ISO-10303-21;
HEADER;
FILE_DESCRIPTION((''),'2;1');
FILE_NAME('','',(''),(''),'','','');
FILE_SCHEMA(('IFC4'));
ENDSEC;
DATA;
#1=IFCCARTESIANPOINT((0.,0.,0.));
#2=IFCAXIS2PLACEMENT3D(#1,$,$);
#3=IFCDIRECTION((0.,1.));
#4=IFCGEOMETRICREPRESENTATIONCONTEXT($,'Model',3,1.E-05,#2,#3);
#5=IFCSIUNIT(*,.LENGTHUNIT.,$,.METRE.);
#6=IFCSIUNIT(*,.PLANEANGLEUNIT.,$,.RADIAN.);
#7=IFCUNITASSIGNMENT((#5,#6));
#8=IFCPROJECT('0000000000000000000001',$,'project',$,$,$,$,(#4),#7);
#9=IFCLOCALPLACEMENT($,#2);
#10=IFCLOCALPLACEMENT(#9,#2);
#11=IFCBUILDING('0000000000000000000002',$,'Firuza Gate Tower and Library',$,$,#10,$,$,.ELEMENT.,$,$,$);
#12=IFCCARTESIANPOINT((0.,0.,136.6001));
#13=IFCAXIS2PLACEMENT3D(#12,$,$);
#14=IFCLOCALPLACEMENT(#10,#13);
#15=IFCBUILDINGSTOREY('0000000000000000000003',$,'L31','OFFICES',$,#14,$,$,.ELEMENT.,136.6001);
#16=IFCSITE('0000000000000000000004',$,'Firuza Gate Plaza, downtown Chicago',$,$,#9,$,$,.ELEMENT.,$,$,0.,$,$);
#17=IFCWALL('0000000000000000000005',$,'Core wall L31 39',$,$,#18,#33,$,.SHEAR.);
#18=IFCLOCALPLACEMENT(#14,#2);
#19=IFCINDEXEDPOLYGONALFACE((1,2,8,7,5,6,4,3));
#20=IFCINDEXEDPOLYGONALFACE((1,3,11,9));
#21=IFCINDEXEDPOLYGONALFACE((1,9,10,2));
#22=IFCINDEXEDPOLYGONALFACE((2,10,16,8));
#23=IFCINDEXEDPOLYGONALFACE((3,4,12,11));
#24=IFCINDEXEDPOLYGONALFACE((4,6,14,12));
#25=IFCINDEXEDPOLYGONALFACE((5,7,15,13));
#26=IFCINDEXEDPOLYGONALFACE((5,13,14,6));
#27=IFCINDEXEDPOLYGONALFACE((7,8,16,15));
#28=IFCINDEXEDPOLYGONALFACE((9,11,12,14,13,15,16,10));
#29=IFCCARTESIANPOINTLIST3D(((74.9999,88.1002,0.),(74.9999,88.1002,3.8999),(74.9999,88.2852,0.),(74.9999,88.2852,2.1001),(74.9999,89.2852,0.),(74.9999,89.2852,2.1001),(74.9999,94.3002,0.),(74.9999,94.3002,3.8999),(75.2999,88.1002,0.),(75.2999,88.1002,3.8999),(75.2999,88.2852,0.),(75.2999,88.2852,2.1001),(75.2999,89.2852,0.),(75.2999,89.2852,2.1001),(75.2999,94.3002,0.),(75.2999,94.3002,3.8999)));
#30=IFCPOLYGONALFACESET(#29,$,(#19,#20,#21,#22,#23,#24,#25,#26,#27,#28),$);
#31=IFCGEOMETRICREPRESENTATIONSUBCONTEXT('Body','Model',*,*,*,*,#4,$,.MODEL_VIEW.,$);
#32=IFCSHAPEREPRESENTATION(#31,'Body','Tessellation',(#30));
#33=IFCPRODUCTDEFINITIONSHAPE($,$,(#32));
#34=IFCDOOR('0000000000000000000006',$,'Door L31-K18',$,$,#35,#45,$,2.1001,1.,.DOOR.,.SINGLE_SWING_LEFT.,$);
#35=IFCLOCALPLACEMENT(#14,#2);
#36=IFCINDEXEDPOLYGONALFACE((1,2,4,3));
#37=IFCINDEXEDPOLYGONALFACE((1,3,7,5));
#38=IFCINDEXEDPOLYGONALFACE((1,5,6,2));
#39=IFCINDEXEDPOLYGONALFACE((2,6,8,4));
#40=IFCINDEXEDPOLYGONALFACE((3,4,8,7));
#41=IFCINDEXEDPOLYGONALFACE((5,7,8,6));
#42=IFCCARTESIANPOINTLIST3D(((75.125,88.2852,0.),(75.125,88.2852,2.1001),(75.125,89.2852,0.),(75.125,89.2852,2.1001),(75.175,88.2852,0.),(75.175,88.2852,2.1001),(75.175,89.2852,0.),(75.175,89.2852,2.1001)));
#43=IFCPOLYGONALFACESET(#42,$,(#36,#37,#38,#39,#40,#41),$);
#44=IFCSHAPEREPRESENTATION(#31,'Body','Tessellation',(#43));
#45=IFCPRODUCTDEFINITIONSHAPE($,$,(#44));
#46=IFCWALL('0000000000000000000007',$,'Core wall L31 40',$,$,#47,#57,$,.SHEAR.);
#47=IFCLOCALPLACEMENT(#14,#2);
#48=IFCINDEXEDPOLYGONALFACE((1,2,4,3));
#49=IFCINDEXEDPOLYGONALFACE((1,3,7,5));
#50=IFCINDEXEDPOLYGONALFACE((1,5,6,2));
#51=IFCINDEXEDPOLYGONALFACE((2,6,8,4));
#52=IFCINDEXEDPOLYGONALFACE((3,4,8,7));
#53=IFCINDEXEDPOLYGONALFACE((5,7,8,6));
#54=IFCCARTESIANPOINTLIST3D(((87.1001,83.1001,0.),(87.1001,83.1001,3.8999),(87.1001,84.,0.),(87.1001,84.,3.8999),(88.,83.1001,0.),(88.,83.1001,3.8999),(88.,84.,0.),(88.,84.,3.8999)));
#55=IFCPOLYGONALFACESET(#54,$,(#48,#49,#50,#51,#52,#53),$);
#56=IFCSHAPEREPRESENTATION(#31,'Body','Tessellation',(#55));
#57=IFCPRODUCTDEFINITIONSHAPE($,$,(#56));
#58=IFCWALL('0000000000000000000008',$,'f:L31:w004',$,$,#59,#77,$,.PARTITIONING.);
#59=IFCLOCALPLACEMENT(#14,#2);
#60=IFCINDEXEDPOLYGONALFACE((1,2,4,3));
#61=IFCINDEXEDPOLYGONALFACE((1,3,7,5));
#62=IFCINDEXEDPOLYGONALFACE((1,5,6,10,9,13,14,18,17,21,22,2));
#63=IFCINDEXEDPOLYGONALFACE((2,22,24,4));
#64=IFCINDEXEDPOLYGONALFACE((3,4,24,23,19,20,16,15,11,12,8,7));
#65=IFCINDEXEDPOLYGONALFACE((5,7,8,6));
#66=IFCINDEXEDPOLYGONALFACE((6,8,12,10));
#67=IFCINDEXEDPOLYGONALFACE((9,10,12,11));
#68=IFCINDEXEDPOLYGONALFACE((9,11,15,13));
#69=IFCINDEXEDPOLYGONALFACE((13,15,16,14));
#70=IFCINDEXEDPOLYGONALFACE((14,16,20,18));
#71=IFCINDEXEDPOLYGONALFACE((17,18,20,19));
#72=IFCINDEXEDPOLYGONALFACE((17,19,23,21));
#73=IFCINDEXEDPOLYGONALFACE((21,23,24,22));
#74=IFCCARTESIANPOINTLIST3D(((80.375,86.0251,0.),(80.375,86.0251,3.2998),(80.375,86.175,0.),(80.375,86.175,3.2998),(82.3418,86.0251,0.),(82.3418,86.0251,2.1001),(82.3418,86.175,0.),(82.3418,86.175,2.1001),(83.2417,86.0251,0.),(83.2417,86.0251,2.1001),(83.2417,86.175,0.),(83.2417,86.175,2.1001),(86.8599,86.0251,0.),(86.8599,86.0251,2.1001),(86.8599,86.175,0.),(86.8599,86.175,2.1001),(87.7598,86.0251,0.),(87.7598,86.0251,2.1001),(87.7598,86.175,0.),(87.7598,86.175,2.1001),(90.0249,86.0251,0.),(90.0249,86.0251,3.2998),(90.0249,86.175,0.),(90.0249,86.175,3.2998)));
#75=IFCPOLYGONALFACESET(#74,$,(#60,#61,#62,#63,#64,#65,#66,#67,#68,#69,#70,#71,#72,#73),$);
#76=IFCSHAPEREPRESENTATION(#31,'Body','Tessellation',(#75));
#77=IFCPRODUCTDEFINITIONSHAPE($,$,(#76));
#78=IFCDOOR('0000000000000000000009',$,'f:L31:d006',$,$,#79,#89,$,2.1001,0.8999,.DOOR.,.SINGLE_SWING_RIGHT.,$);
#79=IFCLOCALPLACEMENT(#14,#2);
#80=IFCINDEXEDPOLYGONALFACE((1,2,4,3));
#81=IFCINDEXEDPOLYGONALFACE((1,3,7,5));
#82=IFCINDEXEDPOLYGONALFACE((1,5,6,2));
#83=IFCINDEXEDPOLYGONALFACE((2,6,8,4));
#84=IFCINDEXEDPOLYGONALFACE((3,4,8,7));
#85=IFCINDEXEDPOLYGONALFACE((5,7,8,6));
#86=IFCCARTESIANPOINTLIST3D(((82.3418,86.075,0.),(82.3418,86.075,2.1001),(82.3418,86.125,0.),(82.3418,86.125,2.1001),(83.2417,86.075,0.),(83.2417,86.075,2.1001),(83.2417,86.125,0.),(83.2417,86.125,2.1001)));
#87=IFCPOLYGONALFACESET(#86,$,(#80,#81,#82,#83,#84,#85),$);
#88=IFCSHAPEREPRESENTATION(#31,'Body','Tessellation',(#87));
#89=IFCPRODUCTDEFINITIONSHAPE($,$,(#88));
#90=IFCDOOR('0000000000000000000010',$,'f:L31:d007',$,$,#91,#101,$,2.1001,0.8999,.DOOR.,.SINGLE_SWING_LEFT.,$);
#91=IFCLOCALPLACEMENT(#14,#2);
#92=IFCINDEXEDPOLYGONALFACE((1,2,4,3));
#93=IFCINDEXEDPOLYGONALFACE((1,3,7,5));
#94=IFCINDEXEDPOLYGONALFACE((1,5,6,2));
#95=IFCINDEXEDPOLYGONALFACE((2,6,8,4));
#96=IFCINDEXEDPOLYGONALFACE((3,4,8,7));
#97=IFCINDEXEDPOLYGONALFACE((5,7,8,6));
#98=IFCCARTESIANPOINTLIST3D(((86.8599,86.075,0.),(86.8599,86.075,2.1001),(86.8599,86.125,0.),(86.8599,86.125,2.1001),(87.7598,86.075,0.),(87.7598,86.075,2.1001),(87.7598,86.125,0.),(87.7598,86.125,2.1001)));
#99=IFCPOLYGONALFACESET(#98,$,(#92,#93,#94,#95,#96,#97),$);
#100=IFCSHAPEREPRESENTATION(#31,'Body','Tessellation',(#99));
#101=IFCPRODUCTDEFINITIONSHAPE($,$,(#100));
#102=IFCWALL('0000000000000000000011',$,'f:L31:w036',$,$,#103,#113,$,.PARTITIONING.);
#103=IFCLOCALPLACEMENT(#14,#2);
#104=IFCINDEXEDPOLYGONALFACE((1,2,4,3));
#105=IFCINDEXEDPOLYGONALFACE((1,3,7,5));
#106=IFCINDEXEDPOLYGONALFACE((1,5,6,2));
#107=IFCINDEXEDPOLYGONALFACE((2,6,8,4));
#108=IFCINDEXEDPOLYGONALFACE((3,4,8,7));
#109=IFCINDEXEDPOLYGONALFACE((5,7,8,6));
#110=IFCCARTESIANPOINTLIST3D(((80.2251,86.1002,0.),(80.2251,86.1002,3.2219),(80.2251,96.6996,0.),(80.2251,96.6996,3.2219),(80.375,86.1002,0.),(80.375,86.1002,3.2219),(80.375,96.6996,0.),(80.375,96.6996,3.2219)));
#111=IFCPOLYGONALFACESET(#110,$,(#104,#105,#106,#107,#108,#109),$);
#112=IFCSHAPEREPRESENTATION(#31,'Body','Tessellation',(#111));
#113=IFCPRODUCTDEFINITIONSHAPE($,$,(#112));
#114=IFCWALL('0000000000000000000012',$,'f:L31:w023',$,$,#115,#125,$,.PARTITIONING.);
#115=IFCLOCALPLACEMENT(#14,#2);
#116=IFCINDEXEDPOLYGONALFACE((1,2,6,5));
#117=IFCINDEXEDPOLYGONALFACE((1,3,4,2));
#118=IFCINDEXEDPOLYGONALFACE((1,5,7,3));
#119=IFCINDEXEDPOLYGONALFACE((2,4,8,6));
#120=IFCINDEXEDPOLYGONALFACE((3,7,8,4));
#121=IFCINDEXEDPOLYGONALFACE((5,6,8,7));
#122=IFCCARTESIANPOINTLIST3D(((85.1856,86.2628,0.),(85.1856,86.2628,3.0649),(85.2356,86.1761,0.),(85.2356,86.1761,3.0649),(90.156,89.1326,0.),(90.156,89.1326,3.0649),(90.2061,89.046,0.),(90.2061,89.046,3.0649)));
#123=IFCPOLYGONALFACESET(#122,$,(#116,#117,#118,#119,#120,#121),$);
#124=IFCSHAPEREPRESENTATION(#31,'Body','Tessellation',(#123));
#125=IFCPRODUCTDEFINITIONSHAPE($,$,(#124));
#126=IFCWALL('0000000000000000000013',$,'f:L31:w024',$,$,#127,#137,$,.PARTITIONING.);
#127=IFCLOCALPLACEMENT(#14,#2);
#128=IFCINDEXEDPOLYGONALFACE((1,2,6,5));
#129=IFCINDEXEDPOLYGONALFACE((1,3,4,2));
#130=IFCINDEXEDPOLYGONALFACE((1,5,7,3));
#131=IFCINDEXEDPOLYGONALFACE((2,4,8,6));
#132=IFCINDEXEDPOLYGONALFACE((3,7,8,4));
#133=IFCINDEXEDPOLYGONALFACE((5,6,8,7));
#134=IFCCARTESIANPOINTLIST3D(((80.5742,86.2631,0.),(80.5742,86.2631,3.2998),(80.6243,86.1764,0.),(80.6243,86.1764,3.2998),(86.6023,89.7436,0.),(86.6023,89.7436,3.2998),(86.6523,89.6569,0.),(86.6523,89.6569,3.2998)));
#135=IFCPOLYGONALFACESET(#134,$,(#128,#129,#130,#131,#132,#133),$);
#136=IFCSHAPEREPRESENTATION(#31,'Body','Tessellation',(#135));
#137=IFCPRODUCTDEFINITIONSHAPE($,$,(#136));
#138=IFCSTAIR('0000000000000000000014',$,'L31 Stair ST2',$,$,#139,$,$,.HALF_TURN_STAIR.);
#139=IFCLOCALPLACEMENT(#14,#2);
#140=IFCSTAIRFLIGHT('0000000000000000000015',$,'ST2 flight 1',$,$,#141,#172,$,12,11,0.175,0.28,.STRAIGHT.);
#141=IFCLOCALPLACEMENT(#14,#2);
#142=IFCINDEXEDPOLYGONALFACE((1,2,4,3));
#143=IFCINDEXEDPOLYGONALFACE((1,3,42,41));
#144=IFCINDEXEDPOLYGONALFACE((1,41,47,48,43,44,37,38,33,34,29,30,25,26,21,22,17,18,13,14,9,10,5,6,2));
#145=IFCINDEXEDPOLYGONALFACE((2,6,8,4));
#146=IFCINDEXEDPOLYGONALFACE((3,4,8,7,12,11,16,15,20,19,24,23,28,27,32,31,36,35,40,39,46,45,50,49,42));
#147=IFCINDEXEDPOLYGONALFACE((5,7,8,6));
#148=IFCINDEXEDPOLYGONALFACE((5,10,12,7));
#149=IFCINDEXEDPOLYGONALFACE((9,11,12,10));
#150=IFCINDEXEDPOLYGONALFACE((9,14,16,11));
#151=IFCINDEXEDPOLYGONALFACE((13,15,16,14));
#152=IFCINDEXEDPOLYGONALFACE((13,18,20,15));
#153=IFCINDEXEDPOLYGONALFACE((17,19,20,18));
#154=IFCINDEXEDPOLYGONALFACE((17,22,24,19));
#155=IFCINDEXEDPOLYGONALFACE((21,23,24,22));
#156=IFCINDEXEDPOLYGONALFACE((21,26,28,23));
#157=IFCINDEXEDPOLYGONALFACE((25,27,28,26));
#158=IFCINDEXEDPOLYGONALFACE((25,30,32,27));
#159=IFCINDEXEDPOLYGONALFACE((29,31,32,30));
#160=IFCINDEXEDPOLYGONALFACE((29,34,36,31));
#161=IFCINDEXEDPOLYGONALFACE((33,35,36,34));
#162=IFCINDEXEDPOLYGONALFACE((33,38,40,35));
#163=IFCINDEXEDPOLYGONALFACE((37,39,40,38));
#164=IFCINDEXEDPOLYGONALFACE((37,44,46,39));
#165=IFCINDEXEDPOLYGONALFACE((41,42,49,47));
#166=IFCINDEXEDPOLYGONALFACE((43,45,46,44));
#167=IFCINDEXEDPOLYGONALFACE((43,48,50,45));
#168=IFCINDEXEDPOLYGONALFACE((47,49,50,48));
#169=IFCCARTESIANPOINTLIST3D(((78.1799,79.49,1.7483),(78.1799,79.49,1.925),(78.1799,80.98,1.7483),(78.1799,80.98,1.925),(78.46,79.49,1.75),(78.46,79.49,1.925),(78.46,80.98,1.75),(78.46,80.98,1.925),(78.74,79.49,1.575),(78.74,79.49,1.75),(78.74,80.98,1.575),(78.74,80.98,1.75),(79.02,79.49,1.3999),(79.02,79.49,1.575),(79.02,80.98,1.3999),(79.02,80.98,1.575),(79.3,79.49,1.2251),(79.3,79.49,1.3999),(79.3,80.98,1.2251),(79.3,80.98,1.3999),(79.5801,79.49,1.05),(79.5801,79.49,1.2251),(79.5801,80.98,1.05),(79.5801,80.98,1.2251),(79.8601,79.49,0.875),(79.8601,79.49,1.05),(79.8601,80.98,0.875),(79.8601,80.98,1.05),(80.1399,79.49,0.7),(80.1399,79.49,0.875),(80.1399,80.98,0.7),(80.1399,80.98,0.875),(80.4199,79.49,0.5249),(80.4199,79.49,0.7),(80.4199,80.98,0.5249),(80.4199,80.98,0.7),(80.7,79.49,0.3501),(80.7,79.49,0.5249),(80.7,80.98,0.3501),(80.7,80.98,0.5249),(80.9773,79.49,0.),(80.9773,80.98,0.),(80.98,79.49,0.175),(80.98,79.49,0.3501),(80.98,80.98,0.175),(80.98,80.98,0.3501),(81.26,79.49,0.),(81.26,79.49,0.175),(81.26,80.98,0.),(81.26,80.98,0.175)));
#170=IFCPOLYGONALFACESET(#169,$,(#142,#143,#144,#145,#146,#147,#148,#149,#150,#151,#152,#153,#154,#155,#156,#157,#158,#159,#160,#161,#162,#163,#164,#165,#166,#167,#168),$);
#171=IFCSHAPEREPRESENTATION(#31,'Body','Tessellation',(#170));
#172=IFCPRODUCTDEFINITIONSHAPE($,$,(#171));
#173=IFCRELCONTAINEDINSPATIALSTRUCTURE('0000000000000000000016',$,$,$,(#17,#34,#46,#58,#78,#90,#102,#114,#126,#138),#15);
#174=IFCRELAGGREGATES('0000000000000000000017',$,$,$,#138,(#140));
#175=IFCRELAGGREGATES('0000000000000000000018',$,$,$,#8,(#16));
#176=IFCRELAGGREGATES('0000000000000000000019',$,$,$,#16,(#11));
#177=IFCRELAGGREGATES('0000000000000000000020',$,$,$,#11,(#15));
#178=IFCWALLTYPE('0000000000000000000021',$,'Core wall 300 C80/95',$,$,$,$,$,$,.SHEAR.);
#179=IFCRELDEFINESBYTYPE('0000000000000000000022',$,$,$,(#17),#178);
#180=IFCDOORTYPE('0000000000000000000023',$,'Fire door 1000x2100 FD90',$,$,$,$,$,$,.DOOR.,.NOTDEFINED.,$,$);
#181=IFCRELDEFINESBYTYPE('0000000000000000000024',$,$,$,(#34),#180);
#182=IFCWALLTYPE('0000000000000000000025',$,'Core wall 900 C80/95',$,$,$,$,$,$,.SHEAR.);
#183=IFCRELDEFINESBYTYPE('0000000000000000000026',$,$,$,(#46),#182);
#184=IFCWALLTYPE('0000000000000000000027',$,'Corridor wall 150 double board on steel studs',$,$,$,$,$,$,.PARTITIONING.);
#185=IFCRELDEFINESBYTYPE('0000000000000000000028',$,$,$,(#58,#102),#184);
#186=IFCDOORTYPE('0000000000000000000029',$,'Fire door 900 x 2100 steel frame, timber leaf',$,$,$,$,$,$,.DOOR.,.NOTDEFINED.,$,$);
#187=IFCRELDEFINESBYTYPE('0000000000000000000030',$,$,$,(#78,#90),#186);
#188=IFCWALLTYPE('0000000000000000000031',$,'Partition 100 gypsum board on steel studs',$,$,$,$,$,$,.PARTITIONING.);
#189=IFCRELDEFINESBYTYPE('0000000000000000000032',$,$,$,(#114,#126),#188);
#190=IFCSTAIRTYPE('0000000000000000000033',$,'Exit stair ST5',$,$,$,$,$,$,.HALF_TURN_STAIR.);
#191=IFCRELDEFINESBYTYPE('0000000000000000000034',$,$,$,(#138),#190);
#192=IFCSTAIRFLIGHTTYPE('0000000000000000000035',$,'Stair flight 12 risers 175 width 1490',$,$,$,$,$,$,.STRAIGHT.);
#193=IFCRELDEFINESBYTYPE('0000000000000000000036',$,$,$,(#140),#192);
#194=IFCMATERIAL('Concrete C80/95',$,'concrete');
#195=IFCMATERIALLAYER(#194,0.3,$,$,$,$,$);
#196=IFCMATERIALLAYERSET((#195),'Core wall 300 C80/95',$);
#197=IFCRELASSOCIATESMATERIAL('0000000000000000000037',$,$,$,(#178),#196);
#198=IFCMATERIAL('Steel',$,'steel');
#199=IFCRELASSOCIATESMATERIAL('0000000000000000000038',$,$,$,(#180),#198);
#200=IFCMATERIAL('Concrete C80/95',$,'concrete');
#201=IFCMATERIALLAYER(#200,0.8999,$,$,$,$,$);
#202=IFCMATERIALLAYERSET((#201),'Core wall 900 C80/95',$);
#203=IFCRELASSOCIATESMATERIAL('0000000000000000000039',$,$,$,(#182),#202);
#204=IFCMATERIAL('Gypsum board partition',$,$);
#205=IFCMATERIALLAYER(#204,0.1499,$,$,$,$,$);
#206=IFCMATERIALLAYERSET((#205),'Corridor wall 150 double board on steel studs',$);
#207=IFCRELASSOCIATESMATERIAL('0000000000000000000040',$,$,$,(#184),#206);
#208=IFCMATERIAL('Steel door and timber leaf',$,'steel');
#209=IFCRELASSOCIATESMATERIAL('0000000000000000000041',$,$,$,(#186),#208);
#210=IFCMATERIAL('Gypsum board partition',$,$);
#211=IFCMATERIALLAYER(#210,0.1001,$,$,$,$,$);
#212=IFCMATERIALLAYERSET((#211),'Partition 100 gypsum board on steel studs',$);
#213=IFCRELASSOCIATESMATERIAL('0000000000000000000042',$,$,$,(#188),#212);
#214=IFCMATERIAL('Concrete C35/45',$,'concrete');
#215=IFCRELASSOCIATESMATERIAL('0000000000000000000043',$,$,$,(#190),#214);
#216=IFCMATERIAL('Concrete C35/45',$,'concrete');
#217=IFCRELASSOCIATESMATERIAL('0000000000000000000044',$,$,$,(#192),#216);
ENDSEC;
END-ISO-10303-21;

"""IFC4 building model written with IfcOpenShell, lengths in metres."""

from ifc_helpers import new_model, si_unit, direction, frame, frame_2d, origin, place, context, subcontext, project, spatial, polyline, rectangle, outline, extrude, material, layer, layer_set, type_object, element, fill, aggregate, save


model = new_model("IFC4")

# Units and contexts
model_context = context("Model", 3, precision=1e-05, world=origin(), true_north=direction((0.0, 1.0)))
body_context = subcontext(model_context, "Body", "Model", "MODEL_VIEW")
ifc_project = project(units=[si_unit("LENGTHUNIT", "METRE"), si_unit("PLANEANGLEUNIT", "RADIAN")], contexts=[model_context])

# Site, building, storey
site_placement = place(None, origin())
site = spatial("IfcSite", under=ifc_project, at=site_placement, Name="Firuza Gate Plaza, downtown Chicago", CompositionType="ELEMENT", RefElevation=0.0)
building_placement = place(site_placement, origin())
building = spatial("IfcBuilding", under=site, at=building_placement, Name="Firuza Gate Tower and Library", CompositionType="ELEMENT")
storey_placement = place(building_placement, frame((0.0, 0.0, 136.6001)))
storey = spatial("IfcBuildingStorey", under=building, at=storey_placement, Name="L31", Description="OFFICES", CompositionType="ELEMENT", Elevation=136.6001)

# Shared definitions
ifc_material_1 = material(Name="Concrete C80/95", Category="concrete")
ifc_layer_1 = layer(ifc_material_1, 0.3)
ifc_layer_set_1 = layer_set([ifc_layer_1], Name="Core wall 300 C80/95")
wall_type_1 = type_object("IfcWallType", Name="Core wall 300 C80/95", PredefinedType="SHEAR", material=ifc_layer_set_1)

# Shared definitions
ifc_material_2 = material(Name="Steel", Category="steel")
door_type_1 = type_object("IfcDoorType", Name="Fire door 1000x2100 FD90", OperationType="NOTDEFINED", PredefinedType="DOOR", material=ifc_material_2)

# Wall, opening, door
wall_1_placement = place(storey_placement, frame((75.1499, 88.1001, 0.0), z_axis=(0.0, 0.0, 1.0), x_axis=(0.0, 1.0, 0.0)))
wall_1 = element("IfcWall", 1, at=wall_1_placement, inside=storey, type_object=wall_type_1, Name="Core wall L31 39", PredefinedType="SHEAR", context=body_context, shape_type="SweptSolid", body=[
    extrude(rectangle(XDim=6.2, YDim=0.3, at=frame_2d((3.1001, 0.0))), origin(), (0.0, 0.0, 1.0), 3.8999),
])
opening_1_placement = place(wall_1_placement, frame((0.1851, 0.0, 0.0)))
opening_1 = element("IfcOpeningElement", 2, at=opening_1_placement, cuts=wall_1, PredefinedType="OPENING", context=body_context, shape_type="SweptSolid", body=[
    extrude(rectangle(XDim=1.0, YDim=2.1001, at=frame_2d((0.5, 1.05))), frame((0.0, 0.1602, 0.0), z_axis=(0.0, -1.0, 0.0), x_axis=(1.0, 0.0, 0.0)), (0.0, 0.0, 1.0), 0.3201),
])
door_1_placement = place(opening_1_placement, origin())
door_1 = element("IfcDoor", 3, at=door_1_placement, inside=storey, type_object=door_type_1, Name="Door L31-K18", OperationType="SINGLE_SWING_LEFT", OverallHeight=2.1001, OverallWidth=1.0, PredefinedType="DOOR", context=body_context, shape_type="SweptSolid", body=[
    extrude(rectangle(XDim=1.0, YDim=2.1001, at=frame_2d((0.5, 1.05))), frame((0.0, 0.0249, 0.0), z_axis=(0.0, -1.0, 0.0), x_axis=(1.0, 0.0, 0.0)), (0.0, 0.0, 1.0), 0.05),
])
fill(opening_1, door_1)

# Wall
ifc_material_3 = material(Name="Concrete C80/95", Category="concrete")
ifc_layer_2 = layer(ifc_material_3, 0.8999)
ifc_layer_set_2 = layer_set([ifc_layer_2], Name="Core wall 900 C80/95")
wall_type_2 = type_object("IfcWallType", Name="Core wall 900 C80/95", PredefinedType="SHEAR", material=ifc_layer_set_2)
wall_2_placement = place(storey_placement, frame((87.1001, 83.55, 0.0), z_axis=(0.0, 0.0, 1.0), x_axis=(1.0, 0.0, 0.0)))
element("IfcWall", 4, at=wall_2_placement, inside=storey, type_object=wall_type_2, Name="Core wall L31 40", PredefinedType="SHEAR", context=body_context, shape_type="SweptSolid", body=[
    extrude(rectangle(XDim=0.8999, YDim=0.8999, at=frame_2d((0.45, 0.0))), origin(), (0.0, 0.0, 1.0), 3.8999),
])

# Wall, openings, doors
ifc_material_4 = material(Name="Gypsum board partition")
ifc_layer_3 = layer(ifc_material_4, 0.1499)
ifc_layer_set_3 = layer_set([ifc_layer_3], Name="Corridor wall 150 double board on steel studs")
wall_type_3 = type_object("IfcWallType", Name="Corridor wall 150 double board on steel studs", PredefinedType="PARTITIONING", material=ifc_layer_set_3)
wall_3_placement = place(storey_placement, frame((80.375, 86.1001, 0.0), z_axis=(0.0, 0.0, 1.0), x_axis=(1.0, 0.0, 0.0)))
wall_3 = element("IfcWall", 5, at=wall_3_placement, inside=storey, type_object=wall_type_3, Name="f:L31:w004", PredefinedType="PARTITIONING", context=body_context, shape_type="SweptSolid", body=[
    extrude(rectangle(XDim=9.6499, YDim=0.1499, at=frame_2d((4.825, 0.0))), origin(), (0.0, 0.0, 1.0), 3.2998),
])
opening_2_placement = place(wall_3_placement, frame((1.9668, 0.0, 0.0)))
opening_2 = element("IfcOpeningElement", 6, at=opening_2_placement, cuts=wall_3, PredefinedType="OPENING", context=body_context, shape_type="SweptSolid", body=[
    extrude(rectangle(XDim=0.8999, YDim=2.1001, at=frame_2d((0.45, 1.05))), frame((0.0, 0.085, 0.0), z_axis=(0.0, -1.0, 0.0), x_axis=(1.0, 0.0, 0.0)), (0.0, 0.0, 1.0), 0.1699),
])
opening_3_placement = place(wall_3_placement, frame((6.4849, 0.0, 0.0)))
opening_3 = element("IfcOpeningElement", 7, at=opening_3_placement, cuts=wall_3, PredefinedType="OPENING", context=body_context, shape_type="SweptSolid", body=[
    extrude(rectangle(XDim=0.8999, YDim=2.1001, at=frame_2d((0.45, 1.05))), frame((0.0, 0.085, 0.0), z_axis=(0.0, -1.0, 0.0), x_axis=(1.0, 0.0, 0.0)), (0.0, 0.0, 1.0), 0.1699),
])
ifc_material_5 = material(Name="Steel door and timber leaf", Category="steel")
door_type_2 = type_object("IfcDoorType", Name="Fire door 900 x 2100 steel frame, timber leaf", OperationType="NOTDEFINED", PredefinedType="DOOR", material=ifc_material_5)
door_2_placement = place(opening_2_placement, origin())
door_2 = element("IfcDoor", 8, at=door_2_placement, inside=storey, type_object=door_type_2, Name="f:L31:d006", OperationType="SINGLE_SWING_RIGHT", OverallHeight=2.1001, OverallWidth=0.8999, PredefinedType="DOOR", context=body_context, shape_type="SweptSolid", body=[
    extrude(rectangle(XDim=0.8999, YDim=2.1001, at=frame_2d((0.45, 1.05))), frame((0.0, 0.0249, 0.0), z_axis=(0.0, -1.0, 0.0), x_axis=(1.0, 0.0, 0.0)), (0.0, 0.0, 1.0), 0.05),
])
fill(opening_2, door_2)
door_3_placement = place(opening_3_placement, origin())
door_3 = element("IfcDoor", 9, at=door_3_placement, inside=storey, type_object=door_type_2, Name="f:L31:d007", OperationType="SINGLE_SWING_LEFT", OverallHeight=2.1001, OverallWidth=0.8999, PredefinedType="DOOR", context=body_context, shape_type="SweptSolid", body=[
    extrude(rectangle(XDim=0.8999, YDim=2.1001, at=frame_2d((0.45, 1.05))), frame((0.0, 0.0249, 0.0), z_axis=(0.0, -1.0, 0.0), x_axis=(1.0, 0.0, 0.0)), (0.0, 0.0, 1.0), 0.05),
])
fill(opening_3, door_3)

# Walls
wall_4_placement = place(storey_placement, frame((80.3, 86.1001, 0.0), z_axis=(0.0, 0.0, 1.0), x_axis=(0.0, 1.0, 0.0)))
element("IfcWall", 10, at=wall_4_placement, inside=storey, type_object=wall_type_3, Name="f:L31:w036", PredefinedType="PARTITIONING", context=body_context, shape_type="SweptSolid", body=[
    extrude(rectangle(XDim=10.5994, YDim=0.1499, at=frame_2d((5.2998, 0.0))), origin(), (0.0, 0.0, 1.0), 3.2219),
])
ifc_material_6 = material(Name="Gypsum board partition")
ifc_layer_4 = layer(ifc_material_6, 0.1001)
ifc_layer_set_4 = layer_set([ifc_layer_4], Name="Partition 100 gypsum board on steel studs")
wall_type_4 = type_object("IfcWallType", Name="Partition 100 gypsum board on steel studs", PredefinedType="PARTITIONING", material=ifc_layer_set_4)
wall_5_placement = place(storey_placement, frame((85.2107, 86.2195, 0.0), z_axis=(0.0, 0.0, 1.0), x_axis=(0.866012, 0.500023, 0.0)))
element("IfcWall", 11, at=wall_5_placement, inside=storey, type_object=wall_type_4, Name="f:L31:w023", PredefinedType="PARTITIONING", context=body_context, shape_type="SweptSolid", body=[
    extrude(rectangle(XDim=5.7395, YDim=0.1001, at=frame_2d((2.8696, 0.0))), origin(), (0.0, 0.0, 1.0), 3.0649),
])
wall_6_placement = place(storey_placement, frame((80.5991, 86.2197, 0.0), z_axis=(0.0, 0.0, 1.0), x_axis=(0.866016, 0.500017, 0.0)))
element("IfcWall", 12, at=wall_6_placement, inside=storey, type_object=wall_type_4, Name="f:L31:w024", PredefinedType="PARTITIONING", context=body_context, shape_type="SweptSolid", body=[
    extrude(rectangle(XDim=6.9607, YDim=0.1001, at=frame_2d((3.4805, 0.0))), origin(), (0.0, 0.0, 1.0), 3.2998),
])

# Stair, stair flight
ifc_material_7 = material(Name="Concrete C35/45", Category="concrete")
stair_type = type_object("IfcStairType", Name="Exit stair ST5", PredefinedType="HALF_TURN_STAIR", material=ifc_material_7)
stair_placement = place(storey_placement, origin())
stair = element("IfcStair", 13, at=stair_placement, inside=storey, type_object=stair_type, Name="L31 Stair ST2", PredefinedType="HALF_TURN_STAIR")
ifc_material_8 = material(Name="Concrete C35/45", Category="concrete")
stair_flight_type = type_object("IfcStairFlightType", Name="Stair flight 12 risers 175 width 1490", PredefinedType="STRAIGHT", material=ifc_material_8)
stair_flight_1_placement = place(storey_placement, frame((81.26, 80.2351, 0.0), z_axis=(0.0, 0.0, 1.0), x_axis=(-1.0, 0.0, 0.0)))
stair_flight_1 = element("IfcStairFlight", 14, at=stair_flight_1_placement, type_object=stair_flight_type, Name="ST2 flight 1", NumberOfRisers=12, NumberOfTreads=11, PredefinedType="STRAIGHT", RiserHeight=0.175, TreadLength=0.28, context=body_context, shape_type="SweptSolid", body=[
    extrude(outline(polyline([(0.0, 0.0), (0.0, 0.175), (0.28, 0.175), (0.28, 0.3501), (0.5601, 0.3501), (0.5601, 0.5249), (0.8401, 0.5249), (0.8401, 0.7), (1.1201, 0.7), (1.1201, 0.875), (1.3999, 0.875), (1.3999, 1.05), (1.6799, 1.05), (1.6799, 1.2251), (1.96, 1.2251), (1.96, 1.3999), (2.24, 1.3999), (2.24, 1.575), (2.52, 1.575), (2.52, 1.75), (2.8, 1.75), (2.8, 1.925), (3.0801, 1.925), (3.0801, 2.1001), (3.0801, 1.7483), (0.2827, 0.0), (0.0, 0.0)])), frame((0.0, 0.7451, 0.0), z_axis=(0.0, -1.0, 0.0), x_axis=(1.0, 0.0, 0.0)), (0.0, 0.0, 1.0), 1.49),
])
aggregate(stair, [stair_flight_1])

save(model, "model.ifc")
